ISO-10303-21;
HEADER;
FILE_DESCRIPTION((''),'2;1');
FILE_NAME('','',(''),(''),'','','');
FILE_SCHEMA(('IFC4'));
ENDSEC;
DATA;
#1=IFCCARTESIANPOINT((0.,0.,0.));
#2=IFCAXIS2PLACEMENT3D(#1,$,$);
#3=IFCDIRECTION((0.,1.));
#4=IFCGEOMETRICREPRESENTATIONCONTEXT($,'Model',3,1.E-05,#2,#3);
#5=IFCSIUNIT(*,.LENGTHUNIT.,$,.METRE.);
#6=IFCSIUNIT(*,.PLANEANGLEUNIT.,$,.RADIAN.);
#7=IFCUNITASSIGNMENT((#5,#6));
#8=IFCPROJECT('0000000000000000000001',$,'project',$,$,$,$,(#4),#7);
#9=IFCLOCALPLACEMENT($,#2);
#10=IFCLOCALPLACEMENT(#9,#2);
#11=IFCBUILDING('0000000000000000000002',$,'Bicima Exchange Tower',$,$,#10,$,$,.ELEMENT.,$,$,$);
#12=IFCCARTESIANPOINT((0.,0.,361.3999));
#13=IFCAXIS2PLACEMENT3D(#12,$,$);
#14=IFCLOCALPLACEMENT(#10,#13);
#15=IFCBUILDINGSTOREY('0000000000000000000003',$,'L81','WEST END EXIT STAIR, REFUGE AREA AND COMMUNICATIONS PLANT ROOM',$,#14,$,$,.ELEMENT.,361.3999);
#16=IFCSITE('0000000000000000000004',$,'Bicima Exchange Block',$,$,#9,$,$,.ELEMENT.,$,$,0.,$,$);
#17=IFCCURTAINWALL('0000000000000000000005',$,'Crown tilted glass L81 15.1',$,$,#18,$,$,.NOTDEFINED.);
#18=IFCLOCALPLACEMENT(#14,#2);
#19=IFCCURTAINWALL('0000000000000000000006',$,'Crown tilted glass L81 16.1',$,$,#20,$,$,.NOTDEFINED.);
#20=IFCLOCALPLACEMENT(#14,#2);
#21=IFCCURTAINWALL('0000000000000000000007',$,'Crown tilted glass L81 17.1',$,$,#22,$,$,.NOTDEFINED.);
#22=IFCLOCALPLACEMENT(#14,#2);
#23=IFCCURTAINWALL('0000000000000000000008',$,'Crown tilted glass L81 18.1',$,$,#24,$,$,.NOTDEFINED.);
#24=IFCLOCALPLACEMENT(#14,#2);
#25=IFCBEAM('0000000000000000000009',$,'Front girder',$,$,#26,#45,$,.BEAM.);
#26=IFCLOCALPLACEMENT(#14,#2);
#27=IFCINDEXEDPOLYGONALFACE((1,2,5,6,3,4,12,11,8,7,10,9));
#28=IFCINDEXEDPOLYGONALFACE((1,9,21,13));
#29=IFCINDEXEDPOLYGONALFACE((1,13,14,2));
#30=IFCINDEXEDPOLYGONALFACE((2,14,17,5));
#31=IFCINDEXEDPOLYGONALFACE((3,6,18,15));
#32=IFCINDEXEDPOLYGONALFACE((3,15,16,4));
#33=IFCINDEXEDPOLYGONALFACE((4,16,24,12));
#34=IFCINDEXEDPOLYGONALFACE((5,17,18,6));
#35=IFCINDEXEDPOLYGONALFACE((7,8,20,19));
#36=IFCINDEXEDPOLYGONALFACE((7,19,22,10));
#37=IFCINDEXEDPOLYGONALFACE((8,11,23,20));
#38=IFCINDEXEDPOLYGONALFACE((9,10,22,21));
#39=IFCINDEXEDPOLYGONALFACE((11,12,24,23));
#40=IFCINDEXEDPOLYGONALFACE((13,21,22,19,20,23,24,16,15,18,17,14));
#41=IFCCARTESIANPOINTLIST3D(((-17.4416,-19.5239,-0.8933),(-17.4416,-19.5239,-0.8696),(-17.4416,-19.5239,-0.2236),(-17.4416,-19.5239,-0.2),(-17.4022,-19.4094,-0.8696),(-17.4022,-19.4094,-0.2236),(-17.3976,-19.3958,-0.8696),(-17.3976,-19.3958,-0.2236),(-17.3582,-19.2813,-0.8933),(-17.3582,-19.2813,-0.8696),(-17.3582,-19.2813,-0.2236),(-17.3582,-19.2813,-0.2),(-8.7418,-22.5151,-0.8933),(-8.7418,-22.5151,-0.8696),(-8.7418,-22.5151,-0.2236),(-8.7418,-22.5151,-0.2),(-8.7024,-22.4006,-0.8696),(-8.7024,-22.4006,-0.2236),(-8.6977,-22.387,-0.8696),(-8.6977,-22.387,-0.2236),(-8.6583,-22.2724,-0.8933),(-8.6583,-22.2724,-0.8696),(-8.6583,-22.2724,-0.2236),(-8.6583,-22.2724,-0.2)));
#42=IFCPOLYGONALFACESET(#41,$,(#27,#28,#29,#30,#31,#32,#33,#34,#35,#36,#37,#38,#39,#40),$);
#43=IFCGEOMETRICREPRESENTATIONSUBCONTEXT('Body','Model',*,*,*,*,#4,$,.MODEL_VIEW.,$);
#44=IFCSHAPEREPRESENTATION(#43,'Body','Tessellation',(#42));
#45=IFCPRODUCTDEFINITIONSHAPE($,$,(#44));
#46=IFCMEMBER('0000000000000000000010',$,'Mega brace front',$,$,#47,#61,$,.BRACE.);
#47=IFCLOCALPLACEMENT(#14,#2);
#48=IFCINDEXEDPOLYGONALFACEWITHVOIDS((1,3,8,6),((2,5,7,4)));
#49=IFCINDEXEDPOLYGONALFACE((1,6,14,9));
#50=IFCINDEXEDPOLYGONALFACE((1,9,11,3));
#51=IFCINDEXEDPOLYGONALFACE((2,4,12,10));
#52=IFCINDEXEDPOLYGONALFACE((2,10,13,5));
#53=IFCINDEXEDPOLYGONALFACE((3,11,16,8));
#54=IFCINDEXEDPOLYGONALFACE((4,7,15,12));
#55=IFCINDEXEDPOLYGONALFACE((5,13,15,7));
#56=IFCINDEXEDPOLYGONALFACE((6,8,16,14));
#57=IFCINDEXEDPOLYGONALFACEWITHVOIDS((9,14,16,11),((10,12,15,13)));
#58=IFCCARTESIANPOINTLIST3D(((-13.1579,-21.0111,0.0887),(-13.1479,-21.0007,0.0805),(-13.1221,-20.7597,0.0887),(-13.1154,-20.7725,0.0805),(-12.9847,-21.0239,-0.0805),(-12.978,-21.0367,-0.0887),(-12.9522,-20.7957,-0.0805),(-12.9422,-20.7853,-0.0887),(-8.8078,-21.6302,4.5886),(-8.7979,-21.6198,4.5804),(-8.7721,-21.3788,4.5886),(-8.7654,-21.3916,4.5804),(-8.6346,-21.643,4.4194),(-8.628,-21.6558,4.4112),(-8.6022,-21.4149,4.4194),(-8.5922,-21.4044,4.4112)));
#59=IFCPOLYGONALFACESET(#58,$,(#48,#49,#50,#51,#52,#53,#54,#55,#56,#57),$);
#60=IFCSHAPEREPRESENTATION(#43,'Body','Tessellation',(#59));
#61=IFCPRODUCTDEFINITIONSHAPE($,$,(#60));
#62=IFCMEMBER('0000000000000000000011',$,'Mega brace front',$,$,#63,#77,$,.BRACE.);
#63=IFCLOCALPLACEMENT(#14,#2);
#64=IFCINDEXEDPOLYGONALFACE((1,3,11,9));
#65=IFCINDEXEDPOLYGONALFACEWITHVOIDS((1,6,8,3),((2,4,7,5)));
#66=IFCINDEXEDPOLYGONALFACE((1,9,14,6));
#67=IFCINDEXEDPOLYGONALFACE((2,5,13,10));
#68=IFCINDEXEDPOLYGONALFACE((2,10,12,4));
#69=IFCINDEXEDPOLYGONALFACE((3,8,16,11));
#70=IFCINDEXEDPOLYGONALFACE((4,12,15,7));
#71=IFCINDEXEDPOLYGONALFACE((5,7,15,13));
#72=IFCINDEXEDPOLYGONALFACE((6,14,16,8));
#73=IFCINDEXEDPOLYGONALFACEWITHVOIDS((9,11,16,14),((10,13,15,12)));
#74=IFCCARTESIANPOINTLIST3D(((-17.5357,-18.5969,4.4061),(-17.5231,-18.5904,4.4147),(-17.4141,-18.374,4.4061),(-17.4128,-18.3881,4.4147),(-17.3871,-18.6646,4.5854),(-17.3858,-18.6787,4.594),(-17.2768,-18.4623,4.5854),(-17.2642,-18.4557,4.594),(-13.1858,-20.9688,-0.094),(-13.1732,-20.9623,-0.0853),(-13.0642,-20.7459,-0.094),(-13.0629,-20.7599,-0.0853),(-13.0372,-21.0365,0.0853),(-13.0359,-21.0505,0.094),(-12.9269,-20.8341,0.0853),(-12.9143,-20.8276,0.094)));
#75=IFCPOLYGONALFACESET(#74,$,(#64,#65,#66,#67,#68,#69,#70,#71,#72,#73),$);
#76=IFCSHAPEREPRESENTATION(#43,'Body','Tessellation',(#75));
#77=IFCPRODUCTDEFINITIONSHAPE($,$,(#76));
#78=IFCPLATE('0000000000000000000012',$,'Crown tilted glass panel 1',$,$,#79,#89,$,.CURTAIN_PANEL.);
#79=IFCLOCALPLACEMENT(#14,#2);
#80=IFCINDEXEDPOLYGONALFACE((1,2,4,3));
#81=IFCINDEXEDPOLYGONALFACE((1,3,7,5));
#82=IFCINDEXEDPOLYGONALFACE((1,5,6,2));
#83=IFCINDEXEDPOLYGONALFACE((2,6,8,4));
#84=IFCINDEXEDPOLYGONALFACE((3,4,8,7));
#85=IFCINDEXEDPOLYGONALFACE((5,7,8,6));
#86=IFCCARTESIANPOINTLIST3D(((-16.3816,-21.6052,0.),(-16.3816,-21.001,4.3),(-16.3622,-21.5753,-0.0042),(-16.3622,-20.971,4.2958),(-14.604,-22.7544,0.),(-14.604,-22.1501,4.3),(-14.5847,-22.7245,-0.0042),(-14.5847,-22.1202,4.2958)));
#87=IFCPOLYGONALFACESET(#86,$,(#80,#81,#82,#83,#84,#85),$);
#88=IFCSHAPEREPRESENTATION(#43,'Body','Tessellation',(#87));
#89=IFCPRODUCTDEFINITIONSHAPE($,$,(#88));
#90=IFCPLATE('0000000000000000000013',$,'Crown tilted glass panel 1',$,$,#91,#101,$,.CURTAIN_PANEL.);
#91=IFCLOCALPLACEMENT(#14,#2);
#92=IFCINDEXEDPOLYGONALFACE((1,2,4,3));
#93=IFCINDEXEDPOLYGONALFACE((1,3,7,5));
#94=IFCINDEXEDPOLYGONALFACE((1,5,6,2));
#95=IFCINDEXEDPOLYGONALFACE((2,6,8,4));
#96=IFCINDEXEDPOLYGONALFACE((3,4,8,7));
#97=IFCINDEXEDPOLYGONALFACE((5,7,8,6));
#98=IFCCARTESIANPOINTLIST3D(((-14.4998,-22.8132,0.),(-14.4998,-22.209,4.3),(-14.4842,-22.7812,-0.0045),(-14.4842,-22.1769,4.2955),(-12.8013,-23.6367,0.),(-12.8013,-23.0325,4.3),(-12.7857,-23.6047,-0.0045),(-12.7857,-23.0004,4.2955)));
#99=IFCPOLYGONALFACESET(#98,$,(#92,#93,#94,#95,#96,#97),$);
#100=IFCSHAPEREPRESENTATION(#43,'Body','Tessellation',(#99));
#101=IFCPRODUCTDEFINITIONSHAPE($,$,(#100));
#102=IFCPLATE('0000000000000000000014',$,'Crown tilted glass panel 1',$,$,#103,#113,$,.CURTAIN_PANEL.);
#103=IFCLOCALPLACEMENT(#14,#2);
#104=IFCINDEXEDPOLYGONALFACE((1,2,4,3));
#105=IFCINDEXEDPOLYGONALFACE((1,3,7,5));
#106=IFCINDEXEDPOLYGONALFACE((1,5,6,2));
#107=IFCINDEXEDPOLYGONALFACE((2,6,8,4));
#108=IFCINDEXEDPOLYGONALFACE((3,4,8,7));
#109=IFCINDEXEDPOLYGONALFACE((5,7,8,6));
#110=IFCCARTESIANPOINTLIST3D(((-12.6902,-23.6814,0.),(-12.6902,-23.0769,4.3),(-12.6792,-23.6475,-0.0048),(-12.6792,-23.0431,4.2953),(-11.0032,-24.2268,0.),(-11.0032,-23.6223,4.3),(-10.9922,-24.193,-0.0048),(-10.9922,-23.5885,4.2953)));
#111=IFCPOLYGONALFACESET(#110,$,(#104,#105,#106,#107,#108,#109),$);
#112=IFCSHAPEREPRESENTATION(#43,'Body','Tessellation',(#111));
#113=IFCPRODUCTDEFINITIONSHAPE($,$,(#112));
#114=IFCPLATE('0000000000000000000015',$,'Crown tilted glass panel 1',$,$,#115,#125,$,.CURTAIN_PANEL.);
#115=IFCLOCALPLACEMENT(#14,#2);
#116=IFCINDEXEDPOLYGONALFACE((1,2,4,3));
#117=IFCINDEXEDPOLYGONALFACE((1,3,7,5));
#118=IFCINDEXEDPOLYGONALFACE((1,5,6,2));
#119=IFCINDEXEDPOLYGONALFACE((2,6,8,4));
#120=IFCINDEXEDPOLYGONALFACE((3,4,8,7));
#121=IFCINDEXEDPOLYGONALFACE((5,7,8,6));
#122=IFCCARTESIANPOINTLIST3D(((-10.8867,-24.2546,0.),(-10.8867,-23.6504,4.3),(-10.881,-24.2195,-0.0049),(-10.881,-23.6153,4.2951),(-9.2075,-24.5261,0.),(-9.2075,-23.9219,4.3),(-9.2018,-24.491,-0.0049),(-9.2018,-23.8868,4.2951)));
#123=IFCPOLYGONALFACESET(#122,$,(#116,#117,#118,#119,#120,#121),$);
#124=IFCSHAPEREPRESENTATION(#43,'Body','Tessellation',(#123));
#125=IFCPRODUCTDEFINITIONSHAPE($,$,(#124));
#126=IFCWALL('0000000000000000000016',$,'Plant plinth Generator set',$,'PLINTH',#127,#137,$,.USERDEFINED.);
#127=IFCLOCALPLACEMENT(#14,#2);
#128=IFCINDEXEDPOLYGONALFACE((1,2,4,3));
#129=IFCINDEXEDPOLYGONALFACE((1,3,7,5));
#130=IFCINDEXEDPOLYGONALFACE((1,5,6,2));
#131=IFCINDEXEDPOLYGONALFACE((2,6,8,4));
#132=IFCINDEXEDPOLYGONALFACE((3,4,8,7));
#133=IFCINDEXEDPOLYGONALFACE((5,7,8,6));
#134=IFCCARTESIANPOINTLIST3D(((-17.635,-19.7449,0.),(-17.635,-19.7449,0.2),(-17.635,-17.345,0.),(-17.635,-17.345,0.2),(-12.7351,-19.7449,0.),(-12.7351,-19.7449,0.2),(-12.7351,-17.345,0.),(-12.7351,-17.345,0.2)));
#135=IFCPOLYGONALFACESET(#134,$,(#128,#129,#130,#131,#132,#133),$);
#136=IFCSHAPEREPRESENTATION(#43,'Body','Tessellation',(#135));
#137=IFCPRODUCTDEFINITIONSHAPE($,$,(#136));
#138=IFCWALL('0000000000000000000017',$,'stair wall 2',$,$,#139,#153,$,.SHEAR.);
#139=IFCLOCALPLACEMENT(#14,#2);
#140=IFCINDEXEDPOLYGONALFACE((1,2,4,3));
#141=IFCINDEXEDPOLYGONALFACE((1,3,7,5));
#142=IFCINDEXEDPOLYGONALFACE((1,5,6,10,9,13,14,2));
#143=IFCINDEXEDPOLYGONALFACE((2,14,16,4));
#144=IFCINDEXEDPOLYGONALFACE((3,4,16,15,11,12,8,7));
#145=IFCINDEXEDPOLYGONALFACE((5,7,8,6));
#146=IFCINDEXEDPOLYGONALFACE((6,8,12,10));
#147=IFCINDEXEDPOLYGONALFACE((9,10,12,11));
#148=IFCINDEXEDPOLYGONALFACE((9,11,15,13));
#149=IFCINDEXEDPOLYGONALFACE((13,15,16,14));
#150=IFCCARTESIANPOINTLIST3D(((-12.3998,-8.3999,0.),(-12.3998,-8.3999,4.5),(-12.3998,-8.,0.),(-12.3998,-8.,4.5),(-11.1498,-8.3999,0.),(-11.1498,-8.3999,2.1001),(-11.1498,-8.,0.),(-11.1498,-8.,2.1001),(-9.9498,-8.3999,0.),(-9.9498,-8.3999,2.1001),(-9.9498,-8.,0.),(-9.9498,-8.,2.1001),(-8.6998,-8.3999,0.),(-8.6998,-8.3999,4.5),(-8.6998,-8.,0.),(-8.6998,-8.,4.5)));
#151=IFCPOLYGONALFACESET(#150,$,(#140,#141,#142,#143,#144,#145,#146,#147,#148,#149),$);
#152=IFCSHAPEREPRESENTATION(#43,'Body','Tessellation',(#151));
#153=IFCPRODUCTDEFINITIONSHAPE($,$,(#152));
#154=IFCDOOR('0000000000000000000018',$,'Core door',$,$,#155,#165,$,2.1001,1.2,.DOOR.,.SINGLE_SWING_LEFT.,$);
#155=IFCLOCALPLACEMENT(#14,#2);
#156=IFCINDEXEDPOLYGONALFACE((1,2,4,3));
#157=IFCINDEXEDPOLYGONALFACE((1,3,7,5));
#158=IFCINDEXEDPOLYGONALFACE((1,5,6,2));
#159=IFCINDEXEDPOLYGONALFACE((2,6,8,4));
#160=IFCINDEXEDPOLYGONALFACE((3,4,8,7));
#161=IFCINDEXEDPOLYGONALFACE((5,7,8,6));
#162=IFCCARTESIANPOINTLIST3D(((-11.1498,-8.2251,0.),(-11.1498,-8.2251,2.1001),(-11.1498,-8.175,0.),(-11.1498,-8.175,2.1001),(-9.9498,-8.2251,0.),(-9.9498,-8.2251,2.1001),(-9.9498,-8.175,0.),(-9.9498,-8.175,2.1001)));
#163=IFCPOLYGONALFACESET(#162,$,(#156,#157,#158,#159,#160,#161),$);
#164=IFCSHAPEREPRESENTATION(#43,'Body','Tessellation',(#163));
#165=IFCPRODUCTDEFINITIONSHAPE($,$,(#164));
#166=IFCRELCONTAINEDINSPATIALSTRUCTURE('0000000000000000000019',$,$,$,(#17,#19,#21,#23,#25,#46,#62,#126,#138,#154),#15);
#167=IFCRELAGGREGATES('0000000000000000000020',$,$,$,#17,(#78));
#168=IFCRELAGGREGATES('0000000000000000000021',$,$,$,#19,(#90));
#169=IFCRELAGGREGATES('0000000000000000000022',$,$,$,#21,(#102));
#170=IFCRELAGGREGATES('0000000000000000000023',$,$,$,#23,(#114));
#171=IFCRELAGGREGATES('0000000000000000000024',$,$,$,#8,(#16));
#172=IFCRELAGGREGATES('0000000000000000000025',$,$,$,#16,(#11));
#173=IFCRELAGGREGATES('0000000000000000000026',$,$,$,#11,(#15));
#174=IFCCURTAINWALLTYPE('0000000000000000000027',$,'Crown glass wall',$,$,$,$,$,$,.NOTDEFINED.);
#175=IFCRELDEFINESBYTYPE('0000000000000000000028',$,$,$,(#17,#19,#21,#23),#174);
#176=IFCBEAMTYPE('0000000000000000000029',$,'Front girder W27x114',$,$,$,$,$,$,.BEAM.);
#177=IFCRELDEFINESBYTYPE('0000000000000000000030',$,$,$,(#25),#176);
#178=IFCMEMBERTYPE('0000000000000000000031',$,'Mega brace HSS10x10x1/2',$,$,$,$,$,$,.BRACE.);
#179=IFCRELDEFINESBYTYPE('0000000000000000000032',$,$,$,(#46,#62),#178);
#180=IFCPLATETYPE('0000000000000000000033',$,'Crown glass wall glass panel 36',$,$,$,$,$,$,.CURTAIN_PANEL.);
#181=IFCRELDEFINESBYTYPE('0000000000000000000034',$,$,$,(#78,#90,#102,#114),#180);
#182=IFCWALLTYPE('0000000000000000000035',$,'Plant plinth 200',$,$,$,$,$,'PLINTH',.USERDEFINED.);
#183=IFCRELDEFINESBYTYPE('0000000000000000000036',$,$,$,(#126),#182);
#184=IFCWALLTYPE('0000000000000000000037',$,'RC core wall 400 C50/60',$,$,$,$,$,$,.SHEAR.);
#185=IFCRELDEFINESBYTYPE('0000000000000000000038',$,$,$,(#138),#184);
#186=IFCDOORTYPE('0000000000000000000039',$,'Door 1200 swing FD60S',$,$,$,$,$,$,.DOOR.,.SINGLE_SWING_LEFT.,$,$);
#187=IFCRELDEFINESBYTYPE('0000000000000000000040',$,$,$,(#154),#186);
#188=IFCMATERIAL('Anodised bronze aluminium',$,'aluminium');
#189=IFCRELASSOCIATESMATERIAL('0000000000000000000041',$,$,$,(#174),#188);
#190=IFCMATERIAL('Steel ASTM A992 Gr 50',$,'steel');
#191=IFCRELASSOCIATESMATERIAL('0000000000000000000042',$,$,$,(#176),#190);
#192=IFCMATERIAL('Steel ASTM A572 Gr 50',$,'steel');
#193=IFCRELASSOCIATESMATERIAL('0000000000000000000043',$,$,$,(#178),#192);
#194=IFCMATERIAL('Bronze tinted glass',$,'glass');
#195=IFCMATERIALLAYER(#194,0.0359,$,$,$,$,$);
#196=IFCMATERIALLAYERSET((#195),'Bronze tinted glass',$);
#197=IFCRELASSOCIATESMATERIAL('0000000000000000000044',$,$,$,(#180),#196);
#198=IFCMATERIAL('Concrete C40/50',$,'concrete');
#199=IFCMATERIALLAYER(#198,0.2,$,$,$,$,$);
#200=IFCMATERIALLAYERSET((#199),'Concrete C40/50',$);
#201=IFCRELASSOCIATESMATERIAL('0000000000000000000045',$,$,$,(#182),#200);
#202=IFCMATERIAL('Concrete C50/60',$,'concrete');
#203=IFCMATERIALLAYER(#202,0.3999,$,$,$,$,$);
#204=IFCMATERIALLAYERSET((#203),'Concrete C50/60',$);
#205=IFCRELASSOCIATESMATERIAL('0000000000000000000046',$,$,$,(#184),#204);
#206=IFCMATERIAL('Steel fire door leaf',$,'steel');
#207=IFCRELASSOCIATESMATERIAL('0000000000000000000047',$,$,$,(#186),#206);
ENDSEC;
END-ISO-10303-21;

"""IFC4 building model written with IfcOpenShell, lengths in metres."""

from ifc_helpers import new_model, si_unit, direction, frame, frame_2d, origin, origin_2d, place, context, subcontext, project, spatial, polyline, rectangle, hollow_rectangle, i_section, outline, extrude, material, layer, layer_set, material_profile, profile_set, type_object, element, fill, aggregate, save


model = new_model("IFC4")

# Units and contexts
model_context = context("Model", 3, precision=1e-05, world=origin(), true_north=direction((0.0, 1.0)))
body_context = subcontext(model_context, "Body", "Model", "MODEL_VIEW")
ifc_project = project(units=[si_unit("LENGTHUNIT", "METRE"), si_unit("PLANEANGLEUNIT", "RADIAN")], contexts=[model_context])

# Site, building, storey
site_placement = place(None, origin())
site = spatial("IfcSite", under=ifc_project, at=site_placement, Name="Bicima Exchange Block", CompositionType="ELEMENT", RefElevation=0.0)
building_placement = place(site_placement, origin())
building = spatial("IfcBuilding", under=site, at=building_placement, Name="Bicima Exchange Tower", CompositionType="ELEMENT")
storey_placement = place(building_placement, frame((0.0, 0.0, 361.3999)))
storey = spatial("IfcBuildingStorey", under=building, at=storey_placement, Name="L81", Description="WEST END EXIT STAIR, REFUGE AREA AND COMMUNICATIONS PLANT ROOM", CompositionType="ELEMENT", Elevation=361.3999)

# Shared definitions
ifc_material_1 = material(Name="Steel ASTM A992 Gr 50", Category="steel")

# Shared definitions
ifc_material_2 = material(Name="Anodised bronze aluminium", Category="aluminium")
curtain_wall_type = type_object("IfcCurtainWallType", Name="Crown glass wall", PredefinedType="NOTDEFINED", material=ifc_material_2)

# Curtain walls
curtain_wall_1_placement = place(storey_placement, origin())
curtain_wall_1 = element("IfcCurtainWall", 1, at=curtain_wall_1_placement, inside=storey, type_object=curtain_wall_type, Name="Crown tilted glass L81 15.1", PredefinedType="NOTDEFINED")
curtain_wall_2_placement = place(storey_placement, origin())
curtain_wall_2 = element("IfcCurtainWall", 2, at=curtain_wall_2_placement, inside=storey, type_object=curtain_wall_type, Name="Crown tilted glass L81 16.1", PredefinedType="NOTDEFINED")
curtain_wall_3_placement = place(storey_placement, origin())
curtain_wall_3 = element("IfcCurtainWall", 3, at=curtain_wall_3_placement, inside=storey, type_object=curtain_wall_type, Name="Crown tilted glass L81 17.1", PredefinedType="NOTDEFINED")

# Curtain wall
curtain_wall_4_placement = place(storey_placement, origin())
curtain_wall_4 = element("IfcCurtainWall", 4, at=curtain_wall_4_placement, inside=storey, type_object=curtain_wall_type, Name="Crown tilted glass L81 18.1", PredefinedType="NOTDEFINED")

# Beam
ifc_material_profile_1 = material_profile(ifc_material_1, i_section(OverallWidth=0.2566, OverallDepth=0.6934, WebThickness=0.0144, FlangeThickness=0.0237, at=origin_2d()))
ifc_profile_set_1 = profile_set([ifc_material_profile_1], Name="Steel ASTM A992 Gr 50")
beam_type_1 = type_object("IfcBeamType", Name="Front girder W27x114", PredefinedType="BEAM", material=ifc_profile_set_1)
beam_1_placement = place(storey_placement, frame((-17.3999, -19.4026, -0.5466), z_axis=(0.945666, -0.325138, 0.0), x_axis=(0.325138, 0.945666, 0.0)))
element("IfcBeam", 5, at=beam_1_placement, inside=storey, type_object=beam_type_1, Name="Front girder", PredefinedType="BEAM", context=body_context, shape_type="SweptSolid", body=[
    extrude(i_section(OverallWidth=0.2566, OverallDepth=0.6934, WebThickness=0.0144, FlangeThickness=0.0237, at=origin_2d()), origin(), (0.0, 0.0, 1.0), 9.1997),
])

# Members
ifc_material_3 = material(Name="Steel ASTM A572 Gr 50", Category="steel")
ifc_material_profile_2 = material_profile(ifc_material_3, hollow_rectangle(XDim=0.2539, YDim=0.2539, WallThickness=0.0117, at=origin_2d()))
ifc_profile_set_2 = profile_set([ifc_material_profile_2], Name="Steel ASTM A572 Gr 50")
member_type_1 = type_object("IfcMemberType", Name="Mega brace HSS10x10x1/2", PredefinedType="BRACE", material=ifc_profile_set_2)
member_1_placement = place(storey_placement, frame((-13.05, -20.8982, 0.0), z_axis=(0.691654, -0.098442, 0.715488), x_axis=(0.140908, 0.990023, 0.0)))
element("IfcMember", 6, at=member_1_placement, inside=storey, type_object=member_type_1, Name="Mega brace front", PredefinedType="BRACE", context=body_context, shape_type="SweptSolid", body=[
    extrude(hollow_rectangle(XDim=0.2539, YDim=0.2539, WallThickness=0.0117, at=origin_2d()), origin(), (0.0, 0.0, 1.0), 6.2893),
])
member_2_placement = place(storey_placement, frame((-13.05, -20.8982, 0.0), z_axis=(-0.649907, 0.354372, 0.67234), x_axis=(-0.478724, -0.877965, 0.0)))
element("IfcMember", 7, at=member_2_placement, inside=storey, type_object=member_type_1, Name="Mega brace front", PredefinedType="BRACE", context=body_context, shape_type="SweptSolid", body=[
    extrude(hollow_rectangle(XDim=0.2539, YDim=0.2539, WallThickness=0.0117, at=origin_2d()), origin(), (0.0, 0.0, 1.0), 6.6931),
])

# Plates
ifc_material_4 = material(Name="Bronze tinted glass", Category="glass")
ifc_layer_1 = layer(ifc_material_4, 0.0359)
ifc_layer_set_1 = layer_set([ifc_layer_1], Name="Bronze tinted glass")
plate_type = type_object("IfcPlateType", Name="Crown glass wall glass panel 36", PredefinedType="CURTAIN_PANEL", material=ifc_layer_set_1)
plate_1_placement = place(storey_placement, frame((-16.3816, -21.6052, 0.0), z_axis=(-0.539166, -0.834006, 0.117195), x_axis=(0.839793, -0.542907, 0.0)))
plate_1 = element("IfcPlate", 8, at=plate_1_placement, type_object=plate_type, Name="Crown tilted glass panel 1", PredefinedType="CURTAIN_PANEL", context=body_context, shape_type="SweptSolid", body=[
    extrude(outline(polyline([(0.0, 0.0), (2.1167, 0.0), (1.7886, 4.3299), (-0.3281, 4.3299), (0.0, 0.0)])), origin(), (0.0, 0.0, -1.0), 0.0359),
])
aggregate(curtain_wall_1, [plate_1])
plate_2_placement = place(storey_placement, frame((-14.4998, -22.8132, 0.0), z_axis=(-0.432818, -0.892711, 0.125445), x_axis=(0.899819, -0.436264, 0.0)))
plate_2 = element("IfcPlate", 9, at=plate_2_placement, type_object=plate_type, Name="Crown tilted glass panel 1", PredefinedType="CURTAIN_PANEL", context=body_context, shape_type="SweptSolid", body=[
    extrude(outline(polyline([(0.0, 0.0), (1.8876, 0.0), (1.624, 4.3343), (-0.2636, 4.3343), (0.0, 0.0)])), origin(), (0.0, 0.0, -1.0), 0.0359),
])
aggregate(curtain_wall_2, [plate_2])
plate_3_placement = place(storey_placement, frame((-12.6902, -23.6814, 0.0), z_axis=(-0.304907, -0.943109, 0.13258), x_axis=(0.951509, -0.307622, 0.0)))
plate_3 = element("IfcPlate", 10, at=plate_3_placement, type_object=plate_type, Name="Crown tilted glass panel 1", PredefinedType="CURTAIN_PANEL", context=body_context, shape_type="SweptSolid", body=[
    extrude(outline(polyline([(0.0, 0.0), (1.773, 0.0), (1.587, 4.3383), (-0.186, 4.3383), (0.0, 0.0)])), origin(), (0.0, 0.0, -1.0), 0.0359),
])
aggregate(curtain_wall_3, [plate_3])
plate_4_placement = place(storey_placement, frame((-10.8867, -24.2546, 0.0), z_axis=(-0.158089, -0.977818, 0.137404), x_axis=(0.987181, -0.159602, 0.0)))
plate_4 = element("IfcPlate", 11, at=plate_4_placement, type_object=plate_type, Name="Crown tilted glass panel 1", PredefinedType="CURTAIN_PANEL", context=body_context, shape_type="SweptSolid", body=[
    extrude(outline(polyline([(0.0, 0.0), (1.701, 0.0), (1.6046, 4.3412), (-0.0964, 4.3412), (0.0, 0.0)])), origin(), (0.0, 0.0, -1.0), 0.0359),
])
aggregate(curtain_wall_4, [plate_4])

# Wall
ifc_material_5 = material(Name="Concrete C40/50", Category="concrete")
ifc_layer_2 = layer(ifc_material_5, 0.2)
ifc_layer_set_2 = layer_set([ifc_layer_2], Name="Concrete C40/50")
wall_type_1 = type_object("IfcWallType", Name="Plant plinth 200", ElementType="PLINTH", PredefinedType="USERDEFINED", material=ifc_layer_set_2)
wall_1_placement = place(storey_placement, frame((-15.1851, -18.5449, 0.0), z_axis=(0.0, 0.0, 1.0), x_axis=(1.0, 0.0, 0.0)))
element("IfcWall", 12, at=wall_1_placement, inside=storey, type_object=wall_type_1, Name="Plant plinth Generator set", ObjectType="PLINTH", PredefinedType="USERDEFINED", context=body_context, shape_type="SweptSolid", body=[
    extrude(rectangle(XDim=4.8999, YDim=2.3999, at=origin_2d()), origin(), (0.0, 0.0, 1.0), 0.2),
])

# Wall, opening, door
ifc_material_6 = material(Name="Concrete C50/60", Category="concrete")
ifc_layer_3 = layer(ifc_material_6, 0.3999)
ifc_layer_set_3 = layer_set([ifc_layer_3], Name="Concrete C50/60")
wall_type_2 = type_object("IfcWallType", Name="RC core wall 400 C50/60", PredefinedType="SHEAR", material=ifc_layer_set_3)
wall_2_placement = place(storey_placement, frame((-12.3999, -8.2, 0.0), z_axis=(0.0, 0.0, 1.0), x_axis=(1.0, 0.0, 0.0)))
wall_2 = element("IfcWall", 13, at=wall_2_placement, inside=storey, type_object=wall_type_2, Name="stair wall 2", PredefinedType="SHEAR", context=body_context, shape_type="SweptSolid", body=[
    extrude(rectangle(XDim=3.7, YDim=0.3999, at=frame_2d((1.8501, 0.0))), origin(), (0.0, 0.0, 1.0), 4.5),
])
opening_1_placement = place(wall_2_placement, frame((1.25, 0.0, 0.0)))
opening_1 = element("IfcOpeningElement", 14, at=opening_1_placement, cuts=wall_2, PredefinedType="OPENING", context=body_context, shape_type="SweptSolid", body=[
    extrude(rectangle(XDim=1.2, YDim=2.1001, at=frame_2d((0.6001, 1.05))), frame((0.0, 0.2119, 0.0), z_axis=(0.0, -1.0, 0.0), x_axis=(1.0, 0.0, 0.0)), (0.0, 0.0, 1.0), 0.4238),
])
ifc_material_7 = material(Name="Steel fire door leaf", Category="steel")
door_type_1 = type_object("IfcDoorType", Name="Door 1200 swing FD60S", OperationType="SINGLE_SWING_LEFT", PredefinedType="DOOR", material=ifc_material_7)
door_1_placement = place(opening_1_placement, origin())
door_1 = element("IfcDoor", 15, at=door_1_placement, inside=storey, type_object=door_type_1, Name="Core door", OperationType="SINGLE_SWING_LEFT", OverallHeight=2.1001, OverallWidth=1.2, PredefinedType="DOOR", context=body_context, shape_type="SweptSolid", body=[
    extrude(rectangle(XDim=1.2, YDim=2.1001, at=frame_2d((0.6001, 1.05))), frame((0.0, 0.0249, 0.0), z_axis=(0.0, -1.0, 0.0), x_axis=(1.0, 0.0, 0.0)), (0.0, 0.0, 1.0), 0.05),
])
fill(opening_1, door_1)

save(model, "model.ifc")
